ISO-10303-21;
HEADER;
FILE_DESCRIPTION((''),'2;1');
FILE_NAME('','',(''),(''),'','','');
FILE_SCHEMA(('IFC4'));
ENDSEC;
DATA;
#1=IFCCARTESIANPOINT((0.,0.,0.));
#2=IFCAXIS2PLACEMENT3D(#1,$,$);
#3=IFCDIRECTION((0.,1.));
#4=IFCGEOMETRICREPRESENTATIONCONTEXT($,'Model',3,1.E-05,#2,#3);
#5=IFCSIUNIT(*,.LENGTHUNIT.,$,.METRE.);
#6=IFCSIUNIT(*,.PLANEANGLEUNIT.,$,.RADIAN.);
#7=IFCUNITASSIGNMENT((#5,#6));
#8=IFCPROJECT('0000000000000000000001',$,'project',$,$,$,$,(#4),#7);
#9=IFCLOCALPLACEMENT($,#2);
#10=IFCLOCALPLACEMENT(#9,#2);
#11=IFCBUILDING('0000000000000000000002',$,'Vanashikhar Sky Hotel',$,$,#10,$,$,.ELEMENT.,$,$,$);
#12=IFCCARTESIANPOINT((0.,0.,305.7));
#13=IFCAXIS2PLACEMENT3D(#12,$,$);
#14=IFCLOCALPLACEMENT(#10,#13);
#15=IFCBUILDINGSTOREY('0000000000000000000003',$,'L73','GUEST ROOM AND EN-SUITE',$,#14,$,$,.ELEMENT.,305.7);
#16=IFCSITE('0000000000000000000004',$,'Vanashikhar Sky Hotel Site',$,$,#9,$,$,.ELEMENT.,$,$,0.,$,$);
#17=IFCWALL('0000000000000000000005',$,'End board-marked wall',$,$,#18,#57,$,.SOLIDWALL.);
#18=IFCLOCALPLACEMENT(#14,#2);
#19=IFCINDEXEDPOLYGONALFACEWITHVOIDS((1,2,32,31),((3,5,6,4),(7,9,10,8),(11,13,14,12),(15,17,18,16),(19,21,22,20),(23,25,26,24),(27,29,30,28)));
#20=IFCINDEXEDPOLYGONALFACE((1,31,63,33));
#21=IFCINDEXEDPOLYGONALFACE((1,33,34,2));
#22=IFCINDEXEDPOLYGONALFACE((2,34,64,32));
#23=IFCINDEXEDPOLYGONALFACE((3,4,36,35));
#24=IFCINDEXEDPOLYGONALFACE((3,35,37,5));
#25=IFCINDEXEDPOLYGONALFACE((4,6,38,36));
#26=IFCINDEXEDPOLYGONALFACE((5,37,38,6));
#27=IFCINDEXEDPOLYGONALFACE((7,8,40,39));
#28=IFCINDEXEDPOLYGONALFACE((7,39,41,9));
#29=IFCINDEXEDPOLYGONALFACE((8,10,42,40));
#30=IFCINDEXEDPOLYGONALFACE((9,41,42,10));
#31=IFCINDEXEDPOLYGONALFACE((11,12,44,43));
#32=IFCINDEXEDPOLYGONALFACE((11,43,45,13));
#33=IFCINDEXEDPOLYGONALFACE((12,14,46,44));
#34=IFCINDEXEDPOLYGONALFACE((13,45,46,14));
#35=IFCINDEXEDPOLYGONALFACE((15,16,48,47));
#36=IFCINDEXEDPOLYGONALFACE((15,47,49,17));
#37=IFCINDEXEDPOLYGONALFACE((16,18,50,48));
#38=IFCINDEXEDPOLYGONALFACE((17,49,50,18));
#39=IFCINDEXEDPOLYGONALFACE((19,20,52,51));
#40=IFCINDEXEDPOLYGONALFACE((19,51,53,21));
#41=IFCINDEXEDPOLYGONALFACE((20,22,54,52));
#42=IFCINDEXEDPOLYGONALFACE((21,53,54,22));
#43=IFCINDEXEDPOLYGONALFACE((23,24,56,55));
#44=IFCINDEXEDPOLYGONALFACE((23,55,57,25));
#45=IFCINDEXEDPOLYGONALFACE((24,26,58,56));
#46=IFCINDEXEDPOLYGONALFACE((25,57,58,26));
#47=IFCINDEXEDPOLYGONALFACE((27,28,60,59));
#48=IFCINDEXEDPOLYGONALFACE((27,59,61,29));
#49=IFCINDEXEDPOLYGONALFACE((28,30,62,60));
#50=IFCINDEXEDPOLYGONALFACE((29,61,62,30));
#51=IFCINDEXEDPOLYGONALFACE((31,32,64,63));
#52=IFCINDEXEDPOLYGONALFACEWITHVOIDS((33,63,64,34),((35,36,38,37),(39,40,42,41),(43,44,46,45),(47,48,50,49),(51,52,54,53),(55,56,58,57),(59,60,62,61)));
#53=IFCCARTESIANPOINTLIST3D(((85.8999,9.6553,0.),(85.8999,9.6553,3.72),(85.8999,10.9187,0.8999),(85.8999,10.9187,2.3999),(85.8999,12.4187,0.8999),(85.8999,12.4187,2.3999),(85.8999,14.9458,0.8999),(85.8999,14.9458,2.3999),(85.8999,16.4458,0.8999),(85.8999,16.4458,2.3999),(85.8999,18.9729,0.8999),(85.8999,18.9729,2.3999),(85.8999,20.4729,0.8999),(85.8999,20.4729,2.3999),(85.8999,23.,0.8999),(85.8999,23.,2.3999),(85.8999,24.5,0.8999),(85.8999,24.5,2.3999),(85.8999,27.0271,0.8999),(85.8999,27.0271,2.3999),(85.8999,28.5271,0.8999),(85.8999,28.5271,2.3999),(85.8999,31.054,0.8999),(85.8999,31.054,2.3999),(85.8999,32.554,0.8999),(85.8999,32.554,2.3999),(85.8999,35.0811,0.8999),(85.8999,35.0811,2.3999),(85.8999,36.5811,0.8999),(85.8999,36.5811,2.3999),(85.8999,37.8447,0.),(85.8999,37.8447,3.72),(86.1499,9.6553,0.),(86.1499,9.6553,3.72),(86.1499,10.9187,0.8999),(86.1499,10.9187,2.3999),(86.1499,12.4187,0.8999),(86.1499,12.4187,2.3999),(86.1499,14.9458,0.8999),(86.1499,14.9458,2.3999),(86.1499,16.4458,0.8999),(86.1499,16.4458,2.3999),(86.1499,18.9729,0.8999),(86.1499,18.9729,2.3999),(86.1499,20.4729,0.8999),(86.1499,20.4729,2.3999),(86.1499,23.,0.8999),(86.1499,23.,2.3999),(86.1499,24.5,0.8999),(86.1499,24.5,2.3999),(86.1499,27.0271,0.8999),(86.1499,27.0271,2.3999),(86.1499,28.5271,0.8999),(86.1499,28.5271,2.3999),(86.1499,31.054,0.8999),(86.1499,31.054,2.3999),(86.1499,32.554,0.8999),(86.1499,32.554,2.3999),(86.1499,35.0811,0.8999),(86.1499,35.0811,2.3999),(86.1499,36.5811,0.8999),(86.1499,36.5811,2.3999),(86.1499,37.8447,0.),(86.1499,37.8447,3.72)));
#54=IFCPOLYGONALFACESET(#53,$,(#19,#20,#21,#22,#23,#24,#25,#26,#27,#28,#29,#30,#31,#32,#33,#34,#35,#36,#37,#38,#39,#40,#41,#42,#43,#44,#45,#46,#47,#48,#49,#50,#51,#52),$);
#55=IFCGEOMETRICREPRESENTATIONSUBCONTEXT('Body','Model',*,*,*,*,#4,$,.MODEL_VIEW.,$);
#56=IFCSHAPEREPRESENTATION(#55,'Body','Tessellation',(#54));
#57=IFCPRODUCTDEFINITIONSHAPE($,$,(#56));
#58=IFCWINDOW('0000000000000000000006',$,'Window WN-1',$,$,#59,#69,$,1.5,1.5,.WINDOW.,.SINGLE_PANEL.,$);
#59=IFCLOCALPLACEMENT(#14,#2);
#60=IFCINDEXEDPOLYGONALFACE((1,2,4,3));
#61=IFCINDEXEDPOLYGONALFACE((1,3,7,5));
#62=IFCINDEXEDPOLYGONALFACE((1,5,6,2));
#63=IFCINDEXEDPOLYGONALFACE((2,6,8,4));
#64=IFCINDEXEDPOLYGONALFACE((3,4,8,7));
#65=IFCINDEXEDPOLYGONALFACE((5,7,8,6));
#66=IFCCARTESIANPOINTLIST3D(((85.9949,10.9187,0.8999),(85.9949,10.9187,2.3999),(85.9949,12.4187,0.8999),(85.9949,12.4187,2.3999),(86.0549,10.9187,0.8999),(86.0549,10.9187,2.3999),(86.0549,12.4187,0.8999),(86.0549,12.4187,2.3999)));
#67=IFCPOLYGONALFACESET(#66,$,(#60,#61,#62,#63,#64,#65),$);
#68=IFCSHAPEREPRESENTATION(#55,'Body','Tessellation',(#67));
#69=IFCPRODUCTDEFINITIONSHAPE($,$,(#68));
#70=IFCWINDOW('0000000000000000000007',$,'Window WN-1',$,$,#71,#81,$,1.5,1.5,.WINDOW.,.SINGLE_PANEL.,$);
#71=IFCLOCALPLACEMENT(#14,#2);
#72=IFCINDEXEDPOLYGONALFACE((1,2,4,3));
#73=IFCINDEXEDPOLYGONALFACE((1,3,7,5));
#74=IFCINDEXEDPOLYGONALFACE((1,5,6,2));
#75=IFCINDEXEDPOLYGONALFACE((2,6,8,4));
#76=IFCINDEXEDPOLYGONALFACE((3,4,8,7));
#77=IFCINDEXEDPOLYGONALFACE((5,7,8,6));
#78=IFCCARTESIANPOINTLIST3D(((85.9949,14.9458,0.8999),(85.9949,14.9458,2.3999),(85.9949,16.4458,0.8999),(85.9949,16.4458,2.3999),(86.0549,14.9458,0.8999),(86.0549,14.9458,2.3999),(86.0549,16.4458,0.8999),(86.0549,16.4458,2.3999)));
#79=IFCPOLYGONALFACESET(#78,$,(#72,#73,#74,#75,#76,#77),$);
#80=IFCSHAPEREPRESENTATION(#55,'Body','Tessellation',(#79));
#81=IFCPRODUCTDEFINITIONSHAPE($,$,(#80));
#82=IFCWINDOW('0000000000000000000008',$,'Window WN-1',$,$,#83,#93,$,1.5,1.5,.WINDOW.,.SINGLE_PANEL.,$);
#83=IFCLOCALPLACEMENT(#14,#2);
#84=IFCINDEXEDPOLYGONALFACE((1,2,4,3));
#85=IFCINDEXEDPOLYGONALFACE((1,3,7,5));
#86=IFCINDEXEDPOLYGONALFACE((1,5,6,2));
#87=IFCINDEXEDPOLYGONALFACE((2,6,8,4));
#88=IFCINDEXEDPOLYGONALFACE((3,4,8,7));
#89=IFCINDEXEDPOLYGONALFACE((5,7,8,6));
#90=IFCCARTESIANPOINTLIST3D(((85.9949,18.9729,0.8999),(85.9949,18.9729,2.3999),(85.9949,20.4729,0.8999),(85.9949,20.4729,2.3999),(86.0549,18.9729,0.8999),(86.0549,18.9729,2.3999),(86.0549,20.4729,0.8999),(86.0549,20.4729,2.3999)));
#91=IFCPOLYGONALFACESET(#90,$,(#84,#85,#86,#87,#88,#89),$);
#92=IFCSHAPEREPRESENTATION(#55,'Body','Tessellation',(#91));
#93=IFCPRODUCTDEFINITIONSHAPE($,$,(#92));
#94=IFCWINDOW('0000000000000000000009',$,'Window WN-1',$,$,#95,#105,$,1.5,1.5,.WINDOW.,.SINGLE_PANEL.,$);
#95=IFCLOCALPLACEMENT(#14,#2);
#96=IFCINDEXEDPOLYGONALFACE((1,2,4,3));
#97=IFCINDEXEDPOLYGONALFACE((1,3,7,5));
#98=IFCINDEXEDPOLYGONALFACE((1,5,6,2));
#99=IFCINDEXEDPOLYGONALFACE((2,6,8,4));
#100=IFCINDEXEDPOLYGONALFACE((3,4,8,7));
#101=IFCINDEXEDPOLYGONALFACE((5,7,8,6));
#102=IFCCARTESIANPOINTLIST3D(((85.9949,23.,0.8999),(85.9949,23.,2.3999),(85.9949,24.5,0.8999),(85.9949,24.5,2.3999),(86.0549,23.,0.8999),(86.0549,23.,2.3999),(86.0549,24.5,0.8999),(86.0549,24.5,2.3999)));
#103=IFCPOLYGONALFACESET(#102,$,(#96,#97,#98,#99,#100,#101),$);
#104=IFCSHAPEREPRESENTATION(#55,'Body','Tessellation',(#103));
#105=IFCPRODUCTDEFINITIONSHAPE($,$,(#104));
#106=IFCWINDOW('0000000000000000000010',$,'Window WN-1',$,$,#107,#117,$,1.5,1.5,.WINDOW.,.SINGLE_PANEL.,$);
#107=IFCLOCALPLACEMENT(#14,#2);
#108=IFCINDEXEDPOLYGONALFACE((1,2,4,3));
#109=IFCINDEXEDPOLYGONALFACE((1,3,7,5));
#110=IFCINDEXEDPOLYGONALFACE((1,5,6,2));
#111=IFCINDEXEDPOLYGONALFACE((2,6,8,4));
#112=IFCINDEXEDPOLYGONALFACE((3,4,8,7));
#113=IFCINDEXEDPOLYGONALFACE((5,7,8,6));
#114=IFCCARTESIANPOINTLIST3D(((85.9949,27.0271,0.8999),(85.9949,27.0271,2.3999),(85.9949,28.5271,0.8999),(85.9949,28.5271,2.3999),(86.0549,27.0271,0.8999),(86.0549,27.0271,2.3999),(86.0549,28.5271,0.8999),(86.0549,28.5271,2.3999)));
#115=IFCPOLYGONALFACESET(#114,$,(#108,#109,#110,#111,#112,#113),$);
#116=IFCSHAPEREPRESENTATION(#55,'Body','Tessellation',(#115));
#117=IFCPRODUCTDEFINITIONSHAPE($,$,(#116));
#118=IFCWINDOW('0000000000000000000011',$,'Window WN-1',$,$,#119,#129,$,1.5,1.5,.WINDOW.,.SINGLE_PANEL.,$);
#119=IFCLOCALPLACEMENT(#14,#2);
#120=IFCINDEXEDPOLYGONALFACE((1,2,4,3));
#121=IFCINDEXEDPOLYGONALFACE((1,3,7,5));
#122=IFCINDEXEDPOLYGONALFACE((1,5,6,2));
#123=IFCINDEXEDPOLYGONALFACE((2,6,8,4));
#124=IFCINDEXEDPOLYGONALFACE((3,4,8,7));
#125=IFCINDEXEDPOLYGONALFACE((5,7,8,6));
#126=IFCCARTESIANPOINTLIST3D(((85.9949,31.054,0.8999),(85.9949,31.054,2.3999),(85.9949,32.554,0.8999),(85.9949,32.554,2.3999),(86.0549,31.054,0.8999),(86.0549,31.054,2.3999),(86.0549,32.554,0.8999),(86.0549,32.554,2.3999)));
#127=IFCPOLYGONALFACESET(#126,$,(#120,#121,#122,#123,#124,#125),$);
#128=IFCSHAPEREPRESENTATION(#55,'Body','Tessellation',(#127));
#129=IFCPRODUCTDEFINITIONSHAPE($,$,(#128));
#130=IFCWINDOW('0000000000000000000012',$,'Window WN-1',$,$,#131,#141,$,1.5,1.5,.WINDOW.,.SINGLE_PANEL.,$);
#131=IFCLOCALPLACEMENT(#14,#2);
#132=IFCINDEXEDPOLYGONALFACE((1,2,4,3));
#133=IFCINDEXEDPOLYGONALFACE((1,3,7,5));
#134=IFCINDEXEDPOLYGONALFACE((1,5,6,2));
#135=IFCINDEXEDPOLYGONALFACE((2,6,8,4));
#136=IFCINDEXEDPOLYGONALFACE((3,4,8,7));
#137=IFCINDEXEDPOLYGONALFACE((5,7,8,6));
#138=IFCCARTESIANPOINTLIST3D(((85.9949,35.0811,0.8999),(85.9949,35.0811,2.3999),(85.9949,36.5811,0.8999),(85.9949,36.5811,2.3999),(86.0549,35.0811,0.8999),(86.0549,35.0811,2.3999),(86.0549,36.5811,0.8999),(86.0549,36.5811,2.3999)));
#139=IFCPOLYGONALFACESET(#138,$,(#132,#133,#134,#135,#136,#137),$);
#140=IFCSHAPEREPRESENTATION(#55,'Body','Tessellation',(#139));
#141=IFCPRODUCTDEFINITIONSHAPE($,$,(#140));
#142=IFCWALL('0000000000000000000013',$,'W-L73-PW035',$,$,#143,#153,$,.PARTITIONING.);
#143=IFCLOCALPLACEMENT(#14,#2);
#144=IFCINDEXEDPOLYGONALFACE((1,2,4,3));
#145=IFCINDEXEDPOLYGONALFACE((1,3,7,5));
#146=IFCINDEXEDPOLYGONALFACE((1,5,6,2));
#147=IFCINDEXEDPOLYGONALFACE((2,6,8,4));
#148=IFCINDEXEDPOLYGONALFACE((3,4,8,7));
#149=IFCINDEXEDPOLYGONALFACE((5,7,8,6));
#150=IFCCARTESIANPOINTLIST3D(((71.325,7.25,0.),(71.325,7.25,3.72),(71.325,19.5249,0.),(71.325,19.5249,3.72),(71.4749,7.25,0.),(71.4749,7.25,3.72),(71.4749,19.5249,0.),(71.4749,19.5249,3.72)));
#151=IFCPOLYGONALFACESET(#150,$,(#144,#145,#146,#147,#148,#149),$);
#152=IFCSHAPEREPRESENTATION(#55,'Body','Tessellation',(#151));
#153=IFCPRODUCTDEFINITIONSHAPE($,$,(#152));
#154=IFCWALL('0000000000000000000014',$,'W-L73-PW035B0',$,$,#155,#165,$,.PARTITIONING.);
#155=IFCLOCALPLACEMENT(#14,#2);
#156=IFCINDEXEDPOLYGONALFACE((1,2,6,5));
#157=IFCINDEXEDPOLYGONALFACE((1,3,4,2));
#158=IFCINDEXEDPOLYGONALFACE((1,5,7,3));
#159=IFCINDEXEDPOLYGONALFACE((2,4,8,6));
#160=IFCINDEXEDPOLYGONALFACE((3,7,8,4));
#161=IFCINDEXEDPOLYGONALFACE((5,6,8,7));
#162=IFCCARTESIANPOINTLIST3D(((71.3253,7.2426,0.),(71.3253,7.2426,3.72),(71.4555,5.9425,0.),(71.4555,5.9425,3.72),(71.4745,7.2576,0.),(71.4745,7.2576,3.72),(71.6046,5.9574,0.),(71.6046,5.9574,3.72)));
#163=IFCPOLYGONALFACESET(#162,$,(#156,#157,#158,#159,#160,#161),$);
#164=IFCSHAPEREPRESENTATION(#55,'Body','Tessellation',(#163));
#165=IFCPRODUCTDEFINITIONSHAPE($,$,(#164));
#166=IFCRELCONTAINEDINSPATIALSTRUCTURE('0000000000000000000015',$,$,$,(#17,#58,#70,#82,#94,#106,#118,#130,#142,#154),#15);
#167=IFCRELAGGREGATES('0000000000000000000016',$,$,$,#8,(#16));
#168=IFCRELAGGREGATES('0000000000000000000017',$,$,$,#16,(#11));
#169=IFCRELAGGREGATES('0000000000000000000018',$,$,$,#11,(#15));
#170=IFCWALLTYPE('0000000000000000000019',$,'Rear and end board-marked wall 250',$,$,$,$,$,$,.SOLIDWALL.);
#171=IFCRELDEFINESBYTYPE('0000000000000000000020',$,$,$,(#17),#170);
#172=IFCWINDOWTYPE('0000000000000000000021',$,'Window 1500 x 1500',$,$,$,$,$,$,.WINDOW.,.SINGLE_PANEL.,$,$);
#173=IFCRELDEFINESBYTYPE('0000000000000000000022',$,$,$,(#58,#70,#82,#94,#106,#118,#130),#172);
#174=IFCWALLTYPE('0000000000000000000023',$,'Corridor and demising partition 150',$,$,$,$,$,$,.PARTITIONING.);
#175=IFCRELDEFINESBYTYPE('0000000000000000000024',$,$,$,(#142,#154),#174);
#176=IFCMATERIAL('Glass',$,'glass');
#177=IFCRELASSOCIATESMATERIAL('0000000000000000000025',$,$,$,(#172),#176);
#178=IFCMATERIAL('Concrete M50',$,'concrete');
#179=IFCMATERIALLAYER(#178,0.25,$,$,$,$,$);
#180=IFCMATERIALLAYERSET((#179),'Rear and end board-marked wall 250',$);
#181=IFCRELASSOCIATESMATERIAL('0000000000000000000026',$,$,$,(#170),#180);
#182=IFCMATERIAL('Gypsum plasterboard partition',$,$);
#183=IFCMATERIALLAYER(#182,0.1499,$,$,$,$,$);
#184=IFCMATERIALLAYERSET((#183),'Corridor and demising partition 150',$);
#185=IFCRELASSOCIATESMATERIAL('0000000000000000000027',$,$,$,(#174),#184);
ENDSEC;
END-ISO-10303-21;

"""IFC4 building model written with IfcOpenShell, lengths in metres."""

from ifc_helpers import new_model, si_unit, direction, frame, frame_2d, origin, place, context, subcontext, project, spatial, rectangle, extrude, source, transform, mapped, material, layer, layer_set, type_object, element, fill, save


model = new_model("IFC4")

# Units and contexts
model_context = context("Model", 3, precision=1e-05, world=origin(), true_north=direction((0.0, 1.0)))
body_context = subcontext(model_context, "Body", "Model", "MODEL_VIEW")
ifc_project = project(units=[si_unit("LENGTHUNIT", "METRE"), si_unit("PLANEANGLEUNIT", "RADIAN")], contexts=[model_context])

# Site, building, storey
site_placement = place(None, origin())
site = spatial("IfcSite", under=ifc_project, at=site_placement, Name="Vanashikhar Sky Hotel Site", CompositionType="ELEMENT", RefElevation=0.0)
building_placement = place(site_placement, origin())
building = spatial("IfcBuilding", under=site, at=building_placement, Name="Vanashikhar Sky Hotel", CompositionType="ELEMENT")
storey_placement = place(building_placement, frame((0.0, 0.0, 305.7)))
storey = spatial("IfcBuildingStorey", under=building, at=storey_placement, Name="L73", Description="GUEST ROOM AND EN-SUITE", CompositionType="ELEMENT", Elevation=305.7)

# Shared definitions
ifc_material_1 = material(Name="Concrete M50", Category="concrete")

# Shared definitions
ifc_material_2 = material(Name="Glass", Category="glass")
window_type_1 = type_object("IfcWindowType", Name="Window 1500 x 1500", PartitioningType="SINGLE_PANEL", PredefinedType="WINDOW", material=ifc_material_2)
shared_shape_1 = source(origin(), body_context, "Body", "SweptSolid", [
    extrude(rectangle(XDim=1.5, YDim=1.5, at=frame_2d((0.75, 0.75))), frame((0.0, 0.03, 0.0), z_axis=(0.0, -1.0, 0.0), x_axis=(1.0, 0.0, 0.0)), (0.0, 0.0, 1.0), 0.0601),
])

# Wall, openings, windows
ifc_layer_1 = layer(ifc_material_1, 0.25)
ifc_layer_set_1 = layer_set([ifc_layer_1], Name="Rear and end board-marked wall 250")
wall_type_1 = type_object("IfcWallType", Name="Rear and end board-marked wall 250", PredefinedType="SOLIDWALL", material=ifc_layer_set_1)
shared_shape_2 = source(origin(), body_context, "Body", "SweptSolid", [
    extrude(rectangle(XDim=28.1895, YDim=0.25, at=frame_2d((14.0947, 0.0))), origin(), (0.0, 0.0, 1.0), 3.72),
])
wall_1_placement = place(storey_placement, frame((86.0249, 9.6553, 0.0), z_axis=(0.0, 0.0, 1.0), x_axis=(0.0, 1.0, 0.0)))
wall_1 = element("IfcWall", 1, at=wall_1_placement, inside=storey, type_object=wall_type_1, Name="End board-marked wall", PredefinedType="SOLIDWALL", context=body_context, shape_type="MappedRepresentation", body=[
    mapped(shared_shape_2, transform((0.0, 0.0, 0.0), scale=1.0)),
])
shared_shape_3 = source(origin(), body_context, "Body", "SweptSolid", [
    extrude(rectangle(XDim=1.5, YDim=1.5, at=frame_2d((0.75, 0.75))), frame((0.0, 0.135, 0.0), z_axis=(0.0, -1.0, 0.0), x_axis=(1.0, 0.0, 0.0)), (0.0, 0.0, 1.0), 0.27),
])
opening_1_placement = place(wall_1_placement, frame((1.2634, 0.0, 0.8999)))
opening_1 = element("IfcOpeningElement", 2, at=opening_1_placement, cuts=wall_1, PredefinedType="OPENING", context=body_context, shape_type="MappedRepresentation", body=[
    mapped(shared_shape_3, transform((0.0, 0.0, 0.0), scale=1.0)),
])
opening_2_placement = place(wall_1_placement, frame((5.2905, 0.0, 0.8999)))
opening_2 = element("IfcOpeningElement", 3, at=opening_2_placement, cuts=wall_1, PredefinedType="OPENING", context=body_context, shape_type="MappedRepresentation", body=[
    mapped(shared_shape_3, transform((0.0, 0.0, 0.0), scale=1.0)),
])
opening_3_placement = place(wall_1_placement, frame((9.3176, 0.0, 0.8999)))
opening_3 = element("IfcOpeningElement", 4, at=opening_3_placement, cuts=wall_1, PredefinedType="OPENING", context=body_context, shape_type="MappedRepresentation", body=[
    mapped(shared_shape_3, transform((0.0, 0.0, 0.0), scale=1.0)),
])
opening_4_placement = place(wall_1_placement, frame((13.3447, 0.0, 0.8999)))
opening_4 = element("IfcOpeningElement", 5, at=opening_4_placement, cuts=wall_1, PredefinedType="OPENING", context=body_context, shape_type="MappedRepresentation", body=[
    mapped(shared_shape_3, transform((0.0, 0.0, 0.0), scale=1.0)),
])
opening_5_placement = place(wall_1_placement, frame((17.3718, 0.0, 0.8999)))
opening_5 = element("IfcOpeningElement", 6, at=opening_5_placement, cuts=wall_1, PredefinedType="OPENING", context=body_context, shape_type="MappedRepresentation", body=[
    mapped(shared_shape_3, transform((0.0, 0.0, 0.0), scale=1.0)),
])
opening_6_placement = place(wall_1_placement, frame((21.3987, 0.0, 0.8999)))
opening_6 = element("IfcOpeningElement", 7, at=opening_6_placement, cuts=wall_1, PredefinedType="OPENING", context=body_context, shape_type="MappedRepresentation", body=[
    mapped(shared_shape_3, transform((0.0, 0.0, 0.0), scale=1.0)),
])
opening_7_placement = place(wall_1_placement, frame((25.4258, 0.0, 0.8999)))
opening_7 = element("IfcOpeningElement", 8, at=opening_7_placement, cuts=wall_1, PredefinedType="OPENING", context=body_context, shape_type="MappedRepresentation", body=[
    mapped(shared_shape_3, transform((0.0, 0.0, 0.0), scale=1.0)),
])
window_1_placement = place(opening_1_placement, origin())
window_1 = element("IfcWindow", 9, at=window_1_placement, inside=storey, type_object=window_type_1, Name="Window WN-1", OverallHeight=1.5, OverallWidth=1.5, PartitioningType="SINGLE_PANEL", PredefinedType="WINDOW", context=body_context, shape_type="MappedRepresentation", body=[
    mapped(shared_shape_1, transform((0.0, 0.0, 0.0), scale=1.0)),
])
fill(opening_1, window_1)
window_2_placement = place(opening_2_placement, origin())
window_2 = element("IfcWindow", 10, at=window_2_placement, inside=storey, type_object=window_type_1, Name="Window WN-1", OverallHeight=1.5, OverallWidth=1.5, PartitioningType="SINGLE_PANEL", PredefinedType="WINDOW", context=body_context, shape_type="MappedRepresentation", body=[
    mapped(shared_shape_1, transform((0.0, 0.0, 0.0), scale=1.0)),
])
fill(opening_2, window_2)
window_3_placement = place(opening_3_placement, origin())
window_3 = element("IfcWindow", 11, at=window_3_placement, inside=storey, type_object=window_type_1, Name="Window WN-1", OverallHeight=1.5, OverallWidth=1.5, PartitioningType="SINGLE_PANEL", PredefinedType="WINDOW", context=body_context, shape_type="MappedRepresentation", body=[
    mapped(shared_shape_1, transform((0.0, 0.0, 0.0), scale=1.0)),
])
fill(opening_3, window_3)
window_4_placement = place(opening_4_placement, origin())
window_4 = element("IfcWindow", 12, at=window_4_placement, inside=storey, type_object=window_type_1, Name="Window WN-1", OverallHeight=1.5, OverallWidth=1.5, PartitioningType="SINGLE_PANEL", PredefinedType="WINDOW", context=body_context, shape_type="MappedRepresentation", body=[
    mapped(shared_shape_1, transform((0.0, 0.0, 0.0), scale=1.0)),
])
fill(opening_4, window_4)
window_5_placement = place(opening_5_placement, origin())
window_5 = element("IfcWindow", 13, at=window_5_placement, inside=storey, type_object=window_type_1, Name="Window WN-1", OverallHeight=1.5, OverallWidth=1.5, PartitioningType="SINGLE_PANEL", PredefinedType="WINDOW", context=body_context, shape_type="MappedRepresentation", body=[
    mapped(shared_shape_1, transform((0.0, 0.0, 0.0), scale=1.0)),
])
fill(opening_5, window_5)
window_6_placement = place(opening_6_placement, origin())
window_6 = element("IfcWindow", 14, at=window_6_placement, inside=storey, type_object=window_type_1, Name="Window WN-1", OverallHeight=1.5, OverallWidth=1.5, PartitioningType="SINGLE_PANEL", PredefinedType="WINDOW", context=body_context, shape_type="MappedRepresentation", body=[
    mapped(shared_shape_1, transform((0.0, 0.0, 0.0), scale=1.0)),
])
fill(opening_6, window_6)
window_7_placement = place(opening_7_placement, origin())
window_7 = element("IfcWindow", 15, at=window_7_placement, inside=storey, type_object=window_type_1, Name="Window WN-1", OverallHeight=1.5, OverallWidth=1.5, PartitioningType="SINGLE_PANEL", PredefinedType="WINDOW", context=body_context, shape_type="MappedRepresentation", body=[
    mapped(shared_shape_1, transform((0.0, 0.0, 0.0), scale=1.0)),
])
fill(opening_7, window_7)

# Walls
ifc_material_3 = material(Name="Gypsum plasterboard partition")
ifc_layer_2 = layer(ifc_material_3, 0.1499)
ifc_layer_set_2 = layer_set([ifc_layer_2], Name="Corridor and demising partition 150")
wall_type_2 = type_object("IfcWallType", Name="Corridor and demising partition 150", PredefinedType="PARTITIONING", material=ifc_layer_set_2)
shared_shape_4 = source(origin(), body_context, "Body", "SweptSolid", [
    extrude(rectangle(XDim=12.2749, YDim=0.1499, at=frame_2d((6.1375, 0.0))), origin(), (0.0, 0.0, 1.0), 3.72),
])
wall_2_placement = place(storey_placement, frame((71.3999, 7.25, 0.0), z_axis=(0.0, 0.0, 1.0), x_axis=(0.0, 1.0, 0.0)))
element("IfcWall", 16, at=wall_2_placement, inside=storey, type_object=wall_type_2, Name="W-L73-PW035", PredefinedType="PARTITIONING", context=body_context, shape_type="MappedRepresentation", body=[
    mapped(shared_shape_4, transform((0.0, 0.0, 0.0), scale=1.0)),
])
shared_shape_5 = source(origin(), body_context, "Body", "SweptSolid", [
    extrude(rectangle(XDim=1.3066, YDim=0.1499, at=frame_2d((0.6533, 0.0))), origin(), (0.0, 0.0, 1.0), 3.72),
])
wall_3_placement = place(storey_placement, frame((71.53, 5.95, 0.0), z_axis=(0.0, 0.0, 1.0), x_axis=(-0.099596, 0.995028, 0.0)))
element("IfcWall", 17, at=wall_3_placement, inside=storey, type_object=wall_type_2, Name="W-L73-PW035B0", PredefinedType="PARTITIONING", context=body_context, shape_type="MappedRepresentation", body=[
    mapped(shared_shape_5, transform((0.0, 0.0, 0.0), scale=1.0)),
])

save(model, "model.ifc")
